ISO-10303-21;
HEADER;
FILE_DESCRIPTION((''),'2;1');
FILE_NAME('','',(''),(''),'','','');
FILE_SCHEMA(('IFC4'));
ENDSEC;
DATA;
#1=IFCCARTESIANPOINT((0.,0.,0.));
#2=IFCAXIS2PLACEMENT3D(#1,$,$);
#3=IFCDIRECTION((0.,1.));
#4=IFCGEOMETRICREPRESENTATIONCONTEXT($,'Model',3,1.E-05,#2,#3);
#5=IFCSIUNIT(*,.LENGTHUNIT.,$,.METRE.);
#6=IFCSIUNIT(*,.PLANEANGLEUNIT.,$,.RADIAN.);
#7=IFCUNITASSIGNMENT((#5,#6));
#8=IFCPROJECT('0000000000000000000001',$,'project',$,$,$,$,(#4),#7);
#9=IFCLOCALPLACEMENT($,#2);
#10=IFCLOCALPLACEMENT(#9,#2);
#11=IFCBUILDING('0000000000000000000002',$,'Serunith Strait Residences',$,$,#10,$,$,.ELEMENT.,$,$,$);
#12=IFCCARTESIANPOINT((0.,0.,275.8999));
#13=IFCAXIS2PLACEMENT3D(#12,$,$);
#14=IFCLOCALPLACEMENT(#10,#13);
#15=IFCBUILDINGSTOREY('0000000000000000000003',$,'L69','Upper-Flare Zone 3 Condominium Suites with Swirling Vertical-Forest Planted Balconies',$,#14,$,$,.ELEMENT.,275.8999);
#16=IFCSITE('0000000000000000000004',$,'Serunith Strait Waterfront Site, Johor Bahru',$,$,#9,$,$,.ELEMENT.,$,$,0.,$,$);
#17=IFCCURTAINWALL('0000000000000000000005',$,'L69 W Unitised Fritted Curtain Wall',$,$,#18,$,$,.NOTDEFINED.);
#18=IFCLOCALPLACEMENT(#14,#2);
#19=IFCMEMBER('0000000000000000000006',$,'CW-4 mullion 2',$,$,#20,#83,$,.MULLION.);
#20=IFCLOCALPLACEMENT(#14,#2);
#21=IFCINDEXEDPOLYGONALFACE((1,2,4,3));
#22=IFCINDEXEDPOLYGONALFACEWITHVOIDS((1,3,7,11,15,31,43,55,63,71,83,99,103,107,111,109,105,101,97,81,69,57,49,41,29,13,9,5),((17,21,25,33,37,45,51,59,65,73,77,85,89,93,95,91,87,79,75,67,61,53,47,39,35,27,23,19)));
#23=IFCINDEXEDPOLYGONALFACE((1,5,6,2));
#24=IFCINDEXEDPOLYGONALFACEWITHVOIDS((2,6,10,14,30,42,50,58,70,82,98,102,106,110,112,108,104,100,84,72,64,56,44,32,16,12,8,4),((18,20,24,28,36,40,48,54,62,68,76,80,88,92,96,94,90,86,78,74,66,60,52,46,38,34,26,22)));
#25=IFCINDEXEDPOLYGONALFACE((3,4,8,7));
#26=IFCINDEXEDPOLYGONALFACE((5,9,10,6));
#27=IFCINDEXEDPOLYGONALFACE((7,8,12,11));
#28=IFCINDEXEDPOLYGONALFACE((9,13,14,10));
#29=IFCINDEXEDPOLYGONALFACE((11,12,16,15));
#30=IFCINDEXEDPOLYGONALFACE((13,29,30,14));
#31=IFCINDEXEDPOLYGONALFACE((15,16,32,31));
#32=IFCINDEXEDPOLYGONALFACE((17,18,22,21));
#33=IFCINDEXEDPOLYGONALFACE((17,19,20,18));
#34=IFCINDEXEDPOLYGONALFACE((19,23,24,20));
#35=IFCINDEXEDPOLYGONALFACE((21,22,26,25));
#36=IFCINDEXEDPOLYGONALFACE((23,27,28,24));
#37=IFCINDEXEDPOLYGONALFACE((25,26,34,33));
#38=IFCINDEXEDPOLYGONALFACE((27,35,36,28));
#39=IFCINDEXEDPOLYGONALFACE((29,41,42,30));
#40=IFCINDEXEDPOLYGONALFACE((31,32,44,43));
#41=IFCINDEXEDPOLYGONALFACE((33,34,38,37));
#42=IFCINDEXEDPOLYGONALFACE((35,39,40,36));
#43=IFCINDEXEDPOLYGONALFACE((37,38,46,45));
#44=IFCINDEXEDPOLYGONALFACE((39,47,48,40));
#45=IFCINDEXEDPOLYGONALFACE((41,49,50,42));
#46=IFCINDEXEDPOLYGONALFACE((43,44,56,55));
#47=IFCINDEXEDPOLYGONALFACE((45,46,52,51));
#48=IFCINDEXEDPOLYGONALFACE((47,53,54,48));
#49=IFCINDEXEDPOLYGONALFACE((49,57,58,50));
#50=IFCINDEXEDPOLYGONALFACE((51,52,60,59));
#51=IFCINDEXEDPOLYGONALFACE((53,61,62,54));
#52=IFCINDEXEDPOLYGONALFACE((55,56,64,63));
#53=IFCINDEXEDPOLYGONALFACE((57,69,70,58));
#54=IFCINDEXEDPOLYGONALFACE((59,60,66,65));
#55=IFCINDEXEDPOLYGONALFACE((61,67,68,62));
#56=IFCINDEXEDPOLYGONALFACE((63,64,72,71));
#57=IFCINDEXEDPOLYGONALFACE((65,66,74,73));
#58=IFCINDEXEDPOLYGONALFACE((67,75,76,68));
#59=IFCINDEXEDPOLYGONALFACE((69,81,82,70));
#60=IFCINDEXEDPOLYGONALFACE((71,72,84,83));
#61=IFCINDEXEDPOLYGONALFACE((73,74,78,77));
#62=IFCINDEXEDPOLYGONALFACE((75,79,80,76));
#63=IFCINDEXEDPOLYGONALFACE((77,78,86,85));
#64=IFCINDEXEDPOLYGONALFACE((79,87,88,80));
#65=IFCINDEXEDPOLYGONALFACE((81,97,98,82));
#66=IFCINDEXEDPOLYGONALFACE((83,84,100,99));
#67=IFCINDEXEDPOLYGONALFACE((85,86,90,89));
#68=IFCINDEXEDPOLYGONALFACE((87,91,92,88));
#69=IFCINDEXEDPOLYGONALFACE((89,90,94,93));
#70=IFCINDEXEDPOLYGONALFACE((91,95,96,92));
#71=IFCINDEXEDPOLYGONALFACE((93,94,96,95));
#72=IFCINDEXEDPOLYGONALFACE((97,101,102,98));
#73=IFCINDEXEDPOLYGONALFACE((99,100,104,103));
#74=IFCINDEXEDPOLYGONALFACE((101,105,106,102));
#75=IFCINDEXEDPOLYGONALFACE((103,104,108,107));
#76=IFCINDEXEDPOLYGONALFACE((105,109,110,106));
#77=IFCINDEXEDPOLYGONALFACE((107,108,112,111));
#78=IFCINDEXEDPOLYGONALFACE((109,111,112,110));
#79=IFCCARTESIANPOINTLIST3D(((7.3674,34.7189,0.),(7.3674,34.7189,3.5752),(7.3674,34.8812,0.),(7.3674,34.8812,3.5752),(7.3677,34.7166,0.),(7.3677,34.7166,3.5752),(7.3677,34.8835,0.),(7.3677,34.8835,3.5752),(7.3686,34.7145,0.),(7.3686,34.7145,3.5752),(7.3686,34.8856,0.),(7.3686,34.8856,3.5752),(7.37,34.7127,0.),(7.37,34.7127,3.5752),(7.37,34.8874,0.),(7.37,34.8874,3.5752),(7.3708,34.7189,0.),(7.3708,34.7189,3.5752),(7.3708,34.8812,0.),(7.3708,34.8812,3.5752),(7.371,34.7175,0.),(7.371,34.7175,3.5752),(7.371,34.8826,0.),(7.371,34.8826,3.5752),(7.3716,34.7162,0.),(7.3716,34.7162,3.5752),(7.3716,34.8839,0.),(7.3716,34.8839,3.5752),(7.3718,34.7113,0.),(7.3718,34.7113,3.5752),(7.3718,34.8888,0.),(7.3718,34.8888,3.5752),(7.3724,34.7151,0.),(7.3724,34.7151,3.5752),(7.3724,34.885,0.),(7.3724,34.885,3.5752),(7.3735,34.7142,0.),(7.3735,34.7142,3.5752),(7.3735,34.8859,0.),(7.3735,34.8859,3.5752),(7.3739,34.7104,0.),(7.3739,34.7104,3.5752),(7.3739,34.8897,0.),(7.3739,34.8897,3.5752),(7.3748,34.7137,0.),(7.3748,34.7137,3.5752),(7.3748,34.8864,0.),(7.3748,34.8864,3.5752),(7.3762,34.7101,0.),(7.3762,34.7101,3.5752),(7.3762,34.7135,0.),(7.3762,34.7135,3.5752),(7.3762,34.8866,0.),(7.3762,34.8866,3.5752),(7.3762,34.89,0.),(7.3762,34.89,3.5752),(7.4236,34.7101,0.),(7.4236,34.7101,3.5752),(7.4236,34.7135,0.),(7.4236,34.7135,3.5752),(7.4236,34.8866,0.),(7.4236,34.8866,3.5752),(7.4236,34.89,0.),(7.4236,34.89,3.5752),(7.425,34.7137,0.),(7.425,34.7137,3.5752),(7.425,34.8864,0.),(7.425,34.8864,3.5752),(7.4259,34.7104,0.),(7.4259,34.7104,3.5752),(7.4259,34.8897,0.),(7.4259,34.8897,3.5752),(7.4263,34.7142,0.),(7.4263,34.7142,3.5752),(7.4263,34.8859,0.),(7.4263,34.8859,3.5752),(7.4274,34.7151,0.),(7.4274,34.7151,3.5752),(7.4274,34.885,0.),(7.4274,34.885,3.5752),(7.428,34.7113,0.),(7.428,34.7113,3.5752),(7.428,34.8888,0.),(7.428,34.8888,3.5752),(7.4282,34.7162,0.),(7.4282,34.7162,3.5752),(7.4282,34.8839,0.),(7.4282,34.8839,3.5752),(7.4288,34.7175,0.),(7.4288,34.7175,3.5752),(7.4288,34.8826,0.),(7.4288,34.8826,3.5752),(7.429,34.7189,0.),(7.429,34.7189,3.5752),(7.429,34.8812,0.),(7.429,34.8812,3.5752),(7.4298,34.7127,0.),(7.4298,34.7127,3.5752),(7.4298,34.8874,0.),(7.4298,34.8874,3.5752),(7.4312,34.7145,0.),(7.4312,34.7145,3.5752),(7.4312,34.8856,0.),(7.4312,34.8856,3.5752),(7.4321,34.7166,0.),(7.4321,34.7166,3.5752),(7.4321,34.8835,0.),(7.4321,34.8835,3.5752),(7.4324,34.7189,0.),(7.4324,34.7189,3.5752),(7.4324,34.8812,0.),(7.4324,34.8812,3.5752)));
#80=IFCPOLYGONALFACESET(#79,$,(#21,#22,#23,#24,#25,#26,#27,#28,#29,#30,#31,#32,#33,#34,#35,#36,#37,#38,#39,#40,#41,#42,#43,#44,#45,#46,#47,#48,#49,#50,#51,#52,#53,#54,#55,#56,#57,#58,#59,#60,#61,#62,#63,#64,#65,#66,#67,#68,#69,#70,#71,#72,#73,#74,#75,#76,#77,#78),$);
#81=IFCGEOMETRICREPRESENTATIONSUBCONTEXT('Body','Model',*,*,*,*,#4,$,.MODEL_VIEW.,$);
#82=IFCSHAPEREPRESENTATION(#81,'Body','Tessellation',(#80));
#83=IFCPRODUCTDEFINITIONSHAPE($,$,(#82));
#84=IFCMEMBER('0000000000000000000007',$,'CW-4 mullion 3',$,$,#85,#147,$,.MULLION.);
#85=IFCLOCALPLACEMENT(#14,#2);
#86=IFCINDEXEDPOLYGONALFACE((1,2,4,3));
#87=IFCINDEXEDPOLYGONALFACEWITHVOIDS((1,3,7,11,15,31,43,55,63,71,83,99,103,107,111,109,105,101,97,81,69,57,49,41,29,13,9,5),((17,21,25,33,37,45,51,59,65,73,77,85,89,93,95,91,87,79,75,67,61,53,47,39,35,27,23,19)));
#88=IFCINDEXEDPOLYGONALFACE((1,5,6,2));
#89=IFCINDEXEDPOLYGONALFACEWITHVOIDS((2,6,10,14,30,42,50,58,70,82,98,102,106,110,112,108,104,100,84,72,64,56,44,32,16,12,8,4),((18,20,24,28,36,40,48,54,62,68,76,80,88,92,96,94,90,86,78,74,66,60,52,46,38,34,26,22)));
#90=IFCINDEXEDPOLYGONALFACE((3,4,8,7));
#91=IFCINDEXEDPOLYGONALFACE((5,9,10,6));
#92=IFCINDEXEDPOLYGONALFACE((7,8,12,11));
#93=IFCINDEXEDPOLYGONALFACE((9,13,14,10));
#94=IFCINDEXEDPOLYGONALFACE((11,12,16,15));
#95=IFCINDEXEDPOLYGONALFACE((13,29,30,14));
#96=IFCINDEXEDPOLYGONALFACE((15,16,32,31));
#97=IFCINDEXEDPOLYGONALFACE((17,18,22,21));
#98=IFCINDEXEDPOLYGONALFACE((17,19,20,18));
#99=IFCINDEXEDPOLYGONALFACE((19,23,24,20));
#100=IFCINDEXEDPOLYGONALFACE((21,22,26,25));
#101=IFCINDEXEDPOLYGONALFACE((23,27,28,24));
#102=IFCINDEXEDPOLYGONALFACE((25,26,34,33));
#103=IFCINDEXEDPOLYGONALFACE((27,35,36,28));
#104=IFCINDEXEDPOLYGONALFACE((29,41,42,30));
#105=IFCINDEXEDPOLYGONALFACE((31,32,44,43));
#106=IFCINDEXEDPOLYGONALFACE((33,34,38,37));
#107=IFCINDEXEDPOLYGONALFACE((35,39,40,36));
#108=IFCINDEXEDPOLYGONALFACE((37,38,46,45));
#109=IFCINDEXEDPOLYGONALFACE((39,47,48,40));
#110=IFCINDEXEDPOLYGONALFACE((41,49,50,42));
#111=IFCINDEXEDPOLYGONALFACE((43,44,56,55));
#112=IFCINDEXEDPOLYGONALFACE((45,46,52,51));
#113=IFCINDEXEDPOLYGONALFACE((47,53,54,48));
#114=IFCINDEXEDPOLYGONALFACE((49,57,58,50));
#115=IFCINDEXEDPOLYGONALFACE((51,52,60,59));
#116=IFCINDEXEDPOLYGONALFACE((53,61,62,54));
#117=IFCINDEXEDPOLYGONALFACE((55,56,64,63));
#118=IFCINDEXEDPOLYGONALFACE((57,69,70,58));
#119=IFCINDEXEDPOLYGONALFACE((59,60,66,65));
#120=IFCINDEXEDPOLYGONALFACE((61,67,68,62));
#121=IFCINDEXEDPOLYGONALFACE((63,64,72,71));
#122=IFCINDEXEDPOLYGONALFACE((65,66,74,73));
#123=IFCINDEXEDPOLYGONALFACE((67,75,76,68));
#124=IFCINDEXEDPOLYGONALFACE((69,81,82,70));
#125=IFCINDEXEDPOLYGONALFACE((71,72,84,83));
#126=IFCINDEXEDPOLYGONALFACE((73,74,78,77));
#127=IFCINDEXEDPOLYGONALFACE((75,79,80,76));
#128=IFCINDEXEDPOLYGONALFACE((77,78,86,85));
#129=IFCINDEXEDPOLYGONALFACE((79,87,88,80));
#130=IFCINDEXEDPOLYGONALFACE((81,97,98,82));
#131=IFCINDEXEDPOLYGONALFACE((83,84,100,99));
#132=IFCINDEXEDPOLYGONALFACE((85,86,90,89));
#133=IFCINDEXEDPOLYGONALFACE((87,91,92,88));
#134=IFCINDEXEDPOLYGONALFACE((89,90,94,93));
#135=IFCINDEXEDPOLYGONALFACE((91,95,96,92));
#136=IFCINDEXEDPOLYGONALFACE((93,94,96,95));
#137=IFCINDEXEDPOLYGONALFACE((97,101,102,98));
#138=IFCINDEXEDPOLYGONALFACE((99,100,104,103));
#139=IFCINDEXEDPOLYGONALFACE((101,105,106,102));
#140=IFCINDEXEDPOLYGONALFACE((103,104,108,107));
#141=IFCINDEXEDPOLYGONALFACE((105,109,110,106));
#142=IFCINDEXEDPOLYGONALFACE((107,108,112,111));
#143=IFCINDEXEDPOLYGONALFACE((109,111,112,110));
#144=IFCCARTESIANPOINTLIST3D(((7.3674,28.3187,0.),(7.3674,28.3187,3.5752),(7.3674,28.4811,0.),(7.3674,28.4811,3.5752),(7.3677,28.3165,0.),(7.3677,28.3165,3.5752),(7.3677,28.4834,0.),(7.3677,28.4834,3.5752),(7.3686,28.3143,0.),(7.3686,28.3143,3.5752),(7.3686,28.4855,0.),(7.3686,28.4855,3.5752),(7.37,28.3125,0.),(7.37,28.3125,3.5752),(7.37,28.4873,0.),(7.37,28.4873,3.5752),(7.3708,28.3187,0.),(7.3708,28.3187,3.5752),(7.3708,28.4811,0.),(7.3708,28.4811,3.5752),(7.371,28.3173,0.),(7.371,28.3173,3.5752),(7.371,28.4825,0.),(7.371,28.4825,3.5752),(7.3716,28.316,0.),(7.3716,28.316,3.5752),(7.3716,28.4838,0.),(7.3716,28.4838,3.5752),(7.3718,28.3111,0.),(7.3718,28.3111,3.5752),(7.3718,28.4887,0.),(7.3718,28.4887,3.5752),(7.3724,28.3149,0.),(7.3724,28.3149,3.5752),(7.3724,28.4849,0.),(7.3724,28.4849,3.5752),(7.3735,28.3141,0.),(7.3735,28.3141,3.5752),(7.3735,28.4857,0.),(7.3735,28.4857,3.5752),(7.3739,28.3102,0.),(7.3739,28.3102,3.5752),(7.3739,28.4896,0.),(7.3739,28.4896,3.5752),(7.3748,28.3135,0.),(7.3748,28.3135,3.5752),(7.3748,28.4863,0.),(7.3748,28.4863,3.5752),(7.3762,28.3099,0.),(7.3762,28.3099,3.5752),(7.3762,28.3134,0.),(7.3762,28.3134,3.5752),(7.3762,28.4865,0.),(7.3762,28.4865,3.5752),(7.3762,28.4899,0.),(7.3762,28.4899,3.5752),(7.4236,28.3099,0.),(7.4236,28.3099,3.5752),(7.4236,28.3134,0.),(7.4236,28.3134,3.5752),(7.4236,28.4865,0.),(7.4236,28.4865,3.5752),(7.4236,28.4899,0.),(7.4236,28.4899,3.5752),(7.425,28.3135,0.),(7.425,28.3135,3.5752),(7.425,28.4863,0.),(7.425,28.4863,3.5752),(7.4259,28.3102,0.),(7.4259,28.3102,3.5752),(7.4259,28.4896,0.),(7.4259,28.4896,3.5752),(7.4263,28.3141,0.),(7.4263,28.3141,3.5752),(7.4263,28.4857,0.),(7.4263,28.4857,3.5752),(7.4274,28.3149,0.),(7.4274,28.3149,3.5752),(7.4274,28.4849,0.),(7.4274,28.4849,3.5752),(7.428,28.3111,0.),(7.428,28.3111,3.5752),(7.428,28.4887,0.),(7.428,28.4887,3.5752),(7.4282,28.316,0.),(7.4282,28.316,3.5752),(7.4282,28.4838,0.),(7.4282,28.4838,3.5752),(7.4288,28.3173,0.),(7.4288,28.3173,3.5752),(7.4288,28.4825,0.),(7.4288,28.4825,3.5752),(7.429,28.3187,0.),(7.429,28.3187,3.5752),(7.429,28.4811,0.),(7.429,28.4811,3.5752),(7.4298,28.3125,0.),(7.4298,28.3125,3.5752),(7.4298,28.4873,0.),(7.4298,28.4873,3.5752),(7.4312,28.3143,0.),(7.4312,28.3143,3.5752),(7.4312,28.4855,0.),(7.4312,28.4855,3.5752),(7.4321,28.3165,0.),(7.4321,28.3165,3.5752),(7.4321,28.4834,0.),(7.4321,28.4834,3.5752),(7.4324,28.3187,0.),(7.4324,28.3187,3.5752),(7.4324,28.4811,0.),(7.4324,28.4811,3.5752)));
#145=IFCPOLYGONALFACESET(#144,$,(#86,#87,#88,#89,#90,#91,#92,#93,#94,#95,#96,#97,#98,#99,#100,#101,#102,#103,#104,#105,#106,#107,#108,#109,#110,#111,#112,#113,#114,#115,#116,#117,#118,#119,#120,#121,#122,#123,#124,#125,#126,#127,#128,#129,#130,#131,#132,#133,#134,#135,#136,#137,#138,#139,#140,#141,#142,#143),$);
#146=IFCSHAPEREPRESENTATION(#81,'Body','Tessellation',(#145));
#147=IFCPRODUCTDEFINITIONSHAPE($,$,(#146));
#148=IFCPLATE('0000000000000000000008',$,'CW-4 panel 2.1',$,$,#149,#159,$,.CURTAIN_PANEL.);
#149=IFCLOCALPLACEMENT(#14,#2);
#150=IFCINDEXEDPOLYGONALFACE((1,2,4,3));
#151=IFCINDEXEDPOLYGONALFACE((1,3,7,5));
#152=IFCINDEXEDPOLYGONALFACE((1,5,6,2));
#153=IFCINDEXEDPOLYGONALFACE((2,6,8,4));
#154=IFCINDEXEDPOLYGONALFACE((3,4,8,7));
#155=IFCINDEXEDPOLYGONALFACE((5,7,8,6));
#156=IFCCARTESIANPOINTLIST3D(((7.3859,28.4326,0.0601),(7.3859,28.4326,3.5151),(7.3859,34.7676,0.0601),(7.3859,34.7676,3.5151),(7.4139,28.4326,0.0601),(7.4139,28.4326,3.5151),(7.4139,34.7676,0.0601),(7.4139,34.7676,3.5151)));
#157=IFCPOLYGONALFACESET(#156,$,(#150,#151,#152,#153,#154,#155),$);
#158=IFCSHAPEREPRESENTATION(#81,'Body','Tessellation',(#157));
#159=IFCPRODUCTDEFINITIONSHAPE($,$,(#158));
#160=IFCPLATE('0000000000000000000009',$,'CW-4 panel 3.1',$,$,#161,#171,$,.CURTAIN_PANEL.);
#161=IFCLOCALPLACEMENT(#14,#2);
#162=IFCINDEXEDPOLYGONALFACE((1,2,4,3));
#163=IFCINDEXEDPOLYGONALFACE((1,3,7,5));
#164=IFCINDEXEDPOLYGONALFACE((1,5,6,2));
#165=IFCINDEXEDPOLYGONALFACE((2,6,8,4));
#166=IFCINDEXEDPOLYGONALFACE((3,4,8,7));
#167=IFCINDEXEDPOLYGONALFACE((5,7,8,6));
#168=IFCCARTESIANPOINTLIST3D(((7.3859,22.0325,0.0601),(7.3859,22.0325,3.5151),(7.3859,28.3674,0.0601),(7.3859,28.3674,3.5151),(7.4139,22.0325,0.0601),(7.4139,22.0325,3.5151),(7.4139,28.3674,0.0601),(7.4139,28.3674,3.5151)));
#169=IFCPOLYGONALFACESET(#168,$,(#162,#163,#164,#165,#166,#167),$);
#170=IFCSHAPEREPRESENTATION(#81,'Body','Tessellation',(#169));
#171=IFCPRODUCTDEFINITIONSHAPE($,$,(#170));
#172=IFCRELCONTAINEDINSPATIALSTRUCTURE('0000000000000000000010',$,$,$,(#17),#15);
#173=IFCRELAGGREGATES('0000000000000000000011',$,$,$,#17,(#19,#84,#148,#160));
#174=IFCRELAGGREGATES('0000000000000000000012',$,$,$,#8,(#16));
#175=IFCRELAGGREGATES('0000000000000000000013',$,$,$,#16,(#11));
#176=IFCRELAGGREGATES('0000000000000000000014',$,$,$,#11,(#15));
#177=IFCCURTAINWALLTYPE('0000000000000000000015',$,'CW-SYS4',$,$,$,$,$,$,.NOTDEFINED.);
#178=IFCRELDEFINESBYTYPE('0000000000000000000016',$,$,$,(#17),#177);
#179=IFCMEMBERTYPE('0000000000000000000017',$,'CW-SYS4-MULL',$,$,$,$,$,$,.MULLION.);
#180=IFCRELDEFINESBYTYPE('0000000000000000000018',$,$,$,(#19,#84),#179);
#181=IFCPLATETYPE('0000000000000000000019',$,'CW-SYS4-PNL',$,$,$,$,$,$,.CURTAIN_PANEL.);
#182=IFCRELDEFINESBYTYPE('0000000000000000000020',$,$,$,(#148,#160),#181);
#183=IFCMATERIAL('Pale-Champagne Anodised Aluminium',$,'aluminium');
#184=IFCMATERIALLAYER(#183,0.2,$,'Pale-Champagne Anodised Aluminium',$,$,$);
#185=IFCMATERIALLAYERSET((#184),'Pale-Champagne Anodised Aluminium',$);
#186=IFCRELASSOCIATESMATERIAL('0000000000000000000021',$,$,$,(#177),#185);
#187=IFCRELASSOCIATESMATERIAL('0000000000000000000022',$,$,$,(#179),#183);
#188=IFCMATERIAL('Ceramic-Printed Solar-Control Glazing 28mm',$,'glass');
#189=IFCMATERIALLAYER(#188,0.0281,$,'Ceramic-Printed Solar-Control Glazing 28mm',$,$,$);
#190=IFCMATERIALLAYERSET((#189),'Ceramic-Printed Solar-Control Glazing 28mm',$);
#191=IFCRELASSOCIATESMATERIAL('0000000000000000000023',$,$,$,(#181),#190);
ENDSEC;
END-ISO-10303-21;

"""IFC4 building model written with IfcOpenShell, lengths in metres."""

from ifc_helpers import new_model, si_unit, direction, frame, origin, origin_2d, place, context, subcontext, project, spatial, rectangle, hollow_rectangle, extrude, source, transform, mapped, material, layer, layer_set, material_profile, profile_set, type_object, element, aggregate, save


model = new_model("IFC4")

# Units and contexts
model_context = context("Model", 3, precision=1e-05, world=origin(), true_north=direction((0.0, 1.0)))
body_context = subcontext(model_context, "Body", "Model", "MODEL_VIEW")
ifc_project = project(units=[si_unit("LENGTHUNIT", "METRE"), si_unit("PLANEANGLEUNIT", "RADIAN")], contexts=[model_context])

# Site, building, storey
site_placement = place(None, origin())
site = spatial("IfcSite", under=ifc_project, at=site_placement, Name="Serunith Strait Waterfront Site, Johor Bahru", CompositionType="ELEMENT", RefElevation=0.0)
building_placement = place(site_placement, origin())
building = spatial("IfcBuilding", under=site, at=building_placement, Name="Serunith Strait Residences", CompositionType="ELEMENT")
storey_placement = place(building_placement, frame((0.0, 0.0, 275.8999)))
storey = spatial("IfcBuildingStorey", under=building, at=storey_placement, Name="L69", Description="Upper-Flare Zone 3 Condominium Suites with Swirling Vertical-Forest Planted Balconies", CompositionType="ELEMENT", Elevation=275.8999)

# Curtain wall, members, plates
ifc_material_1 = material(Name="Pale-Champagne Anodised Aluminium", Category="aluminium")
ifc_layer_1 = layer(ifc_material_1, 0.2, Name="Pale-Champagne Anodised Aluminium")
ifc_layer_set_1 = layer_set([ifc_layer_1], Name="Pale-Champagne Anodised Aluminium")
curtain_wall_type = type_object("IfcCurtainWallType", Name="CW-SYS4", PredefinedType="NOTDEFINED", material=ifc_layer_set_1)
curtain_wall_placement = place(storey_placement, origin())
curtain_wall = element("IfcCurtainWall", 1, at=curtain_wall_placement, inside=storey, type_object=curtain_wall_type, Name="L69 W Unitised Fritted Curtain Wall", PredefinedType="NOTDEFINED")
ifc_material_profile_1 = material_profile(ifc_material_1, hollow_rectangle(XDim=0.0649, YDim=0.1799, WallThickness=0.0034, InnerFilletRadius=0.0054, OuterFilletRadius=0.0088, at=origin_2d()), Name="ALU 180x65x3.5")
ifc_profile_set_1 = profile_set([ifc_material_profile_1], Name="Pale-Champagne Anodised Aluminium")
member_type_1 = type_object("IfcMemberType", Name="CW-SYS4-MULL", PredefinedType="MULLION", material=ifc_profile_set_1)
shared_shape_1 = source(origin(), body_context, "Body", "SweptSolid", [
    extrude(hollow_rectangle(XDim=0.0649, YDim=0.1799, WallThickness=0.0034, InnerFilletRadius=0.0054, OuterFilletRadius=0.0088, at=origin_2d()), origin(), (0.0, 0.0, 1.0), 3.5752),
])
member_1_placement = place(storey_placement, frame((7.3999, 34.8, 0.0), z_axis=(0.0, 0.0, 1.0), x_axis=(1.0, 0.0, 0.0)))
member_1 = element("IfcMember", 2, at=member_1_placement, type_object=member_type_1, Name="CW-4 mullion 2", PredefinedType="MULLION", context=body_context, shape_type="MappedRepresentation", body=[
    mapped(shared_shape_1, transform((0.0, 0.0, 0.0), scale=1.0)),
])
member_2_placement = place(storey_placement, frame((7.3999, 28.3999, 0.0), z_axis=(0.0, 0.0, 1.0), x_axis=(1.0, 0.0, 0.0)))
member_2 = element("IfcMember", 3, at=member_2_placement, type_object=member_type_1, Name="CW-4 mullion 3", PredefinedType="MULLION", context=body_context, shape_type="MappedRepresentation", body=[
    mapped(shared_shape_1, transform((0.0, 0.0, 0.0), scale=1.0)),
])
ifc_material_2 = material(Name="Ceramic-Printed Solar-Control Glazing 28mm", Category="glass")
ifc_layer_2 = layer(ifc_material_2, 0.0281, Name="Ceramic-Printed Solar-Control Glazing 28mm")
ifc_layer_set_2 = layer_set([ifc_layer_2], Name="Ceramic-Printed Solar-Control Glazing 28mm")
plate_type = type_object("IfcPlateType", Name="CW-SYS4-PNL", PredefinedType="CURTAIN_PANEL", material=ifc_layer_set_2)
shared_shape_2 = source(origin(), body_context, "Body", "SweptSolid", [
    extrude(rectangle(XDim=6.335, YDim=0.0281, at=origin_2d()), origin(), (0.0, 0.0, 1.0), 3.4551),
])
plate_1_placement = place(storey_placement, frame((7.3999, 31.6001, 0.0601), z_axis=(0.0, 0.0, 1.0), x_axis=(0.0, -1.0, 0.0)))
plate_1 = element("IfcPlate", 4, at=plate_1_placement, type_object=plate_type, Name="CW-4 panel 2.1", PredefinedType="CURTAIN_PANEL", context=body_context, shape_type="MappedRepresentation", body=[
    mapped(shared_shape_2, transform((0.0, 0.0, 0.0), scale=1.0)),
])
plate_2_placement = place(storey_placement, frame((7.3999, 25.2, 0.0601), z_axis=(0.0, 0.0, 1.0), x_axis=(0.0, -1.0, 0.0)))
plate_2 = element("IfcPlate", 5, at=plate_2_placement, type_object=plate_type, Name="CW-4 panel 3.1", PredefinedType="CURTAIN_PANEL", context=body_context, shape_type="MappedRepresentation", body=[
    mapped(shared_shape_2, transform((0.0, 0.0, 0.0), scale=1.0)),
])
aggregate(curtain_wall, [member_1, member_2, plate_1, plate_2])

save(model, "model.ifc")
